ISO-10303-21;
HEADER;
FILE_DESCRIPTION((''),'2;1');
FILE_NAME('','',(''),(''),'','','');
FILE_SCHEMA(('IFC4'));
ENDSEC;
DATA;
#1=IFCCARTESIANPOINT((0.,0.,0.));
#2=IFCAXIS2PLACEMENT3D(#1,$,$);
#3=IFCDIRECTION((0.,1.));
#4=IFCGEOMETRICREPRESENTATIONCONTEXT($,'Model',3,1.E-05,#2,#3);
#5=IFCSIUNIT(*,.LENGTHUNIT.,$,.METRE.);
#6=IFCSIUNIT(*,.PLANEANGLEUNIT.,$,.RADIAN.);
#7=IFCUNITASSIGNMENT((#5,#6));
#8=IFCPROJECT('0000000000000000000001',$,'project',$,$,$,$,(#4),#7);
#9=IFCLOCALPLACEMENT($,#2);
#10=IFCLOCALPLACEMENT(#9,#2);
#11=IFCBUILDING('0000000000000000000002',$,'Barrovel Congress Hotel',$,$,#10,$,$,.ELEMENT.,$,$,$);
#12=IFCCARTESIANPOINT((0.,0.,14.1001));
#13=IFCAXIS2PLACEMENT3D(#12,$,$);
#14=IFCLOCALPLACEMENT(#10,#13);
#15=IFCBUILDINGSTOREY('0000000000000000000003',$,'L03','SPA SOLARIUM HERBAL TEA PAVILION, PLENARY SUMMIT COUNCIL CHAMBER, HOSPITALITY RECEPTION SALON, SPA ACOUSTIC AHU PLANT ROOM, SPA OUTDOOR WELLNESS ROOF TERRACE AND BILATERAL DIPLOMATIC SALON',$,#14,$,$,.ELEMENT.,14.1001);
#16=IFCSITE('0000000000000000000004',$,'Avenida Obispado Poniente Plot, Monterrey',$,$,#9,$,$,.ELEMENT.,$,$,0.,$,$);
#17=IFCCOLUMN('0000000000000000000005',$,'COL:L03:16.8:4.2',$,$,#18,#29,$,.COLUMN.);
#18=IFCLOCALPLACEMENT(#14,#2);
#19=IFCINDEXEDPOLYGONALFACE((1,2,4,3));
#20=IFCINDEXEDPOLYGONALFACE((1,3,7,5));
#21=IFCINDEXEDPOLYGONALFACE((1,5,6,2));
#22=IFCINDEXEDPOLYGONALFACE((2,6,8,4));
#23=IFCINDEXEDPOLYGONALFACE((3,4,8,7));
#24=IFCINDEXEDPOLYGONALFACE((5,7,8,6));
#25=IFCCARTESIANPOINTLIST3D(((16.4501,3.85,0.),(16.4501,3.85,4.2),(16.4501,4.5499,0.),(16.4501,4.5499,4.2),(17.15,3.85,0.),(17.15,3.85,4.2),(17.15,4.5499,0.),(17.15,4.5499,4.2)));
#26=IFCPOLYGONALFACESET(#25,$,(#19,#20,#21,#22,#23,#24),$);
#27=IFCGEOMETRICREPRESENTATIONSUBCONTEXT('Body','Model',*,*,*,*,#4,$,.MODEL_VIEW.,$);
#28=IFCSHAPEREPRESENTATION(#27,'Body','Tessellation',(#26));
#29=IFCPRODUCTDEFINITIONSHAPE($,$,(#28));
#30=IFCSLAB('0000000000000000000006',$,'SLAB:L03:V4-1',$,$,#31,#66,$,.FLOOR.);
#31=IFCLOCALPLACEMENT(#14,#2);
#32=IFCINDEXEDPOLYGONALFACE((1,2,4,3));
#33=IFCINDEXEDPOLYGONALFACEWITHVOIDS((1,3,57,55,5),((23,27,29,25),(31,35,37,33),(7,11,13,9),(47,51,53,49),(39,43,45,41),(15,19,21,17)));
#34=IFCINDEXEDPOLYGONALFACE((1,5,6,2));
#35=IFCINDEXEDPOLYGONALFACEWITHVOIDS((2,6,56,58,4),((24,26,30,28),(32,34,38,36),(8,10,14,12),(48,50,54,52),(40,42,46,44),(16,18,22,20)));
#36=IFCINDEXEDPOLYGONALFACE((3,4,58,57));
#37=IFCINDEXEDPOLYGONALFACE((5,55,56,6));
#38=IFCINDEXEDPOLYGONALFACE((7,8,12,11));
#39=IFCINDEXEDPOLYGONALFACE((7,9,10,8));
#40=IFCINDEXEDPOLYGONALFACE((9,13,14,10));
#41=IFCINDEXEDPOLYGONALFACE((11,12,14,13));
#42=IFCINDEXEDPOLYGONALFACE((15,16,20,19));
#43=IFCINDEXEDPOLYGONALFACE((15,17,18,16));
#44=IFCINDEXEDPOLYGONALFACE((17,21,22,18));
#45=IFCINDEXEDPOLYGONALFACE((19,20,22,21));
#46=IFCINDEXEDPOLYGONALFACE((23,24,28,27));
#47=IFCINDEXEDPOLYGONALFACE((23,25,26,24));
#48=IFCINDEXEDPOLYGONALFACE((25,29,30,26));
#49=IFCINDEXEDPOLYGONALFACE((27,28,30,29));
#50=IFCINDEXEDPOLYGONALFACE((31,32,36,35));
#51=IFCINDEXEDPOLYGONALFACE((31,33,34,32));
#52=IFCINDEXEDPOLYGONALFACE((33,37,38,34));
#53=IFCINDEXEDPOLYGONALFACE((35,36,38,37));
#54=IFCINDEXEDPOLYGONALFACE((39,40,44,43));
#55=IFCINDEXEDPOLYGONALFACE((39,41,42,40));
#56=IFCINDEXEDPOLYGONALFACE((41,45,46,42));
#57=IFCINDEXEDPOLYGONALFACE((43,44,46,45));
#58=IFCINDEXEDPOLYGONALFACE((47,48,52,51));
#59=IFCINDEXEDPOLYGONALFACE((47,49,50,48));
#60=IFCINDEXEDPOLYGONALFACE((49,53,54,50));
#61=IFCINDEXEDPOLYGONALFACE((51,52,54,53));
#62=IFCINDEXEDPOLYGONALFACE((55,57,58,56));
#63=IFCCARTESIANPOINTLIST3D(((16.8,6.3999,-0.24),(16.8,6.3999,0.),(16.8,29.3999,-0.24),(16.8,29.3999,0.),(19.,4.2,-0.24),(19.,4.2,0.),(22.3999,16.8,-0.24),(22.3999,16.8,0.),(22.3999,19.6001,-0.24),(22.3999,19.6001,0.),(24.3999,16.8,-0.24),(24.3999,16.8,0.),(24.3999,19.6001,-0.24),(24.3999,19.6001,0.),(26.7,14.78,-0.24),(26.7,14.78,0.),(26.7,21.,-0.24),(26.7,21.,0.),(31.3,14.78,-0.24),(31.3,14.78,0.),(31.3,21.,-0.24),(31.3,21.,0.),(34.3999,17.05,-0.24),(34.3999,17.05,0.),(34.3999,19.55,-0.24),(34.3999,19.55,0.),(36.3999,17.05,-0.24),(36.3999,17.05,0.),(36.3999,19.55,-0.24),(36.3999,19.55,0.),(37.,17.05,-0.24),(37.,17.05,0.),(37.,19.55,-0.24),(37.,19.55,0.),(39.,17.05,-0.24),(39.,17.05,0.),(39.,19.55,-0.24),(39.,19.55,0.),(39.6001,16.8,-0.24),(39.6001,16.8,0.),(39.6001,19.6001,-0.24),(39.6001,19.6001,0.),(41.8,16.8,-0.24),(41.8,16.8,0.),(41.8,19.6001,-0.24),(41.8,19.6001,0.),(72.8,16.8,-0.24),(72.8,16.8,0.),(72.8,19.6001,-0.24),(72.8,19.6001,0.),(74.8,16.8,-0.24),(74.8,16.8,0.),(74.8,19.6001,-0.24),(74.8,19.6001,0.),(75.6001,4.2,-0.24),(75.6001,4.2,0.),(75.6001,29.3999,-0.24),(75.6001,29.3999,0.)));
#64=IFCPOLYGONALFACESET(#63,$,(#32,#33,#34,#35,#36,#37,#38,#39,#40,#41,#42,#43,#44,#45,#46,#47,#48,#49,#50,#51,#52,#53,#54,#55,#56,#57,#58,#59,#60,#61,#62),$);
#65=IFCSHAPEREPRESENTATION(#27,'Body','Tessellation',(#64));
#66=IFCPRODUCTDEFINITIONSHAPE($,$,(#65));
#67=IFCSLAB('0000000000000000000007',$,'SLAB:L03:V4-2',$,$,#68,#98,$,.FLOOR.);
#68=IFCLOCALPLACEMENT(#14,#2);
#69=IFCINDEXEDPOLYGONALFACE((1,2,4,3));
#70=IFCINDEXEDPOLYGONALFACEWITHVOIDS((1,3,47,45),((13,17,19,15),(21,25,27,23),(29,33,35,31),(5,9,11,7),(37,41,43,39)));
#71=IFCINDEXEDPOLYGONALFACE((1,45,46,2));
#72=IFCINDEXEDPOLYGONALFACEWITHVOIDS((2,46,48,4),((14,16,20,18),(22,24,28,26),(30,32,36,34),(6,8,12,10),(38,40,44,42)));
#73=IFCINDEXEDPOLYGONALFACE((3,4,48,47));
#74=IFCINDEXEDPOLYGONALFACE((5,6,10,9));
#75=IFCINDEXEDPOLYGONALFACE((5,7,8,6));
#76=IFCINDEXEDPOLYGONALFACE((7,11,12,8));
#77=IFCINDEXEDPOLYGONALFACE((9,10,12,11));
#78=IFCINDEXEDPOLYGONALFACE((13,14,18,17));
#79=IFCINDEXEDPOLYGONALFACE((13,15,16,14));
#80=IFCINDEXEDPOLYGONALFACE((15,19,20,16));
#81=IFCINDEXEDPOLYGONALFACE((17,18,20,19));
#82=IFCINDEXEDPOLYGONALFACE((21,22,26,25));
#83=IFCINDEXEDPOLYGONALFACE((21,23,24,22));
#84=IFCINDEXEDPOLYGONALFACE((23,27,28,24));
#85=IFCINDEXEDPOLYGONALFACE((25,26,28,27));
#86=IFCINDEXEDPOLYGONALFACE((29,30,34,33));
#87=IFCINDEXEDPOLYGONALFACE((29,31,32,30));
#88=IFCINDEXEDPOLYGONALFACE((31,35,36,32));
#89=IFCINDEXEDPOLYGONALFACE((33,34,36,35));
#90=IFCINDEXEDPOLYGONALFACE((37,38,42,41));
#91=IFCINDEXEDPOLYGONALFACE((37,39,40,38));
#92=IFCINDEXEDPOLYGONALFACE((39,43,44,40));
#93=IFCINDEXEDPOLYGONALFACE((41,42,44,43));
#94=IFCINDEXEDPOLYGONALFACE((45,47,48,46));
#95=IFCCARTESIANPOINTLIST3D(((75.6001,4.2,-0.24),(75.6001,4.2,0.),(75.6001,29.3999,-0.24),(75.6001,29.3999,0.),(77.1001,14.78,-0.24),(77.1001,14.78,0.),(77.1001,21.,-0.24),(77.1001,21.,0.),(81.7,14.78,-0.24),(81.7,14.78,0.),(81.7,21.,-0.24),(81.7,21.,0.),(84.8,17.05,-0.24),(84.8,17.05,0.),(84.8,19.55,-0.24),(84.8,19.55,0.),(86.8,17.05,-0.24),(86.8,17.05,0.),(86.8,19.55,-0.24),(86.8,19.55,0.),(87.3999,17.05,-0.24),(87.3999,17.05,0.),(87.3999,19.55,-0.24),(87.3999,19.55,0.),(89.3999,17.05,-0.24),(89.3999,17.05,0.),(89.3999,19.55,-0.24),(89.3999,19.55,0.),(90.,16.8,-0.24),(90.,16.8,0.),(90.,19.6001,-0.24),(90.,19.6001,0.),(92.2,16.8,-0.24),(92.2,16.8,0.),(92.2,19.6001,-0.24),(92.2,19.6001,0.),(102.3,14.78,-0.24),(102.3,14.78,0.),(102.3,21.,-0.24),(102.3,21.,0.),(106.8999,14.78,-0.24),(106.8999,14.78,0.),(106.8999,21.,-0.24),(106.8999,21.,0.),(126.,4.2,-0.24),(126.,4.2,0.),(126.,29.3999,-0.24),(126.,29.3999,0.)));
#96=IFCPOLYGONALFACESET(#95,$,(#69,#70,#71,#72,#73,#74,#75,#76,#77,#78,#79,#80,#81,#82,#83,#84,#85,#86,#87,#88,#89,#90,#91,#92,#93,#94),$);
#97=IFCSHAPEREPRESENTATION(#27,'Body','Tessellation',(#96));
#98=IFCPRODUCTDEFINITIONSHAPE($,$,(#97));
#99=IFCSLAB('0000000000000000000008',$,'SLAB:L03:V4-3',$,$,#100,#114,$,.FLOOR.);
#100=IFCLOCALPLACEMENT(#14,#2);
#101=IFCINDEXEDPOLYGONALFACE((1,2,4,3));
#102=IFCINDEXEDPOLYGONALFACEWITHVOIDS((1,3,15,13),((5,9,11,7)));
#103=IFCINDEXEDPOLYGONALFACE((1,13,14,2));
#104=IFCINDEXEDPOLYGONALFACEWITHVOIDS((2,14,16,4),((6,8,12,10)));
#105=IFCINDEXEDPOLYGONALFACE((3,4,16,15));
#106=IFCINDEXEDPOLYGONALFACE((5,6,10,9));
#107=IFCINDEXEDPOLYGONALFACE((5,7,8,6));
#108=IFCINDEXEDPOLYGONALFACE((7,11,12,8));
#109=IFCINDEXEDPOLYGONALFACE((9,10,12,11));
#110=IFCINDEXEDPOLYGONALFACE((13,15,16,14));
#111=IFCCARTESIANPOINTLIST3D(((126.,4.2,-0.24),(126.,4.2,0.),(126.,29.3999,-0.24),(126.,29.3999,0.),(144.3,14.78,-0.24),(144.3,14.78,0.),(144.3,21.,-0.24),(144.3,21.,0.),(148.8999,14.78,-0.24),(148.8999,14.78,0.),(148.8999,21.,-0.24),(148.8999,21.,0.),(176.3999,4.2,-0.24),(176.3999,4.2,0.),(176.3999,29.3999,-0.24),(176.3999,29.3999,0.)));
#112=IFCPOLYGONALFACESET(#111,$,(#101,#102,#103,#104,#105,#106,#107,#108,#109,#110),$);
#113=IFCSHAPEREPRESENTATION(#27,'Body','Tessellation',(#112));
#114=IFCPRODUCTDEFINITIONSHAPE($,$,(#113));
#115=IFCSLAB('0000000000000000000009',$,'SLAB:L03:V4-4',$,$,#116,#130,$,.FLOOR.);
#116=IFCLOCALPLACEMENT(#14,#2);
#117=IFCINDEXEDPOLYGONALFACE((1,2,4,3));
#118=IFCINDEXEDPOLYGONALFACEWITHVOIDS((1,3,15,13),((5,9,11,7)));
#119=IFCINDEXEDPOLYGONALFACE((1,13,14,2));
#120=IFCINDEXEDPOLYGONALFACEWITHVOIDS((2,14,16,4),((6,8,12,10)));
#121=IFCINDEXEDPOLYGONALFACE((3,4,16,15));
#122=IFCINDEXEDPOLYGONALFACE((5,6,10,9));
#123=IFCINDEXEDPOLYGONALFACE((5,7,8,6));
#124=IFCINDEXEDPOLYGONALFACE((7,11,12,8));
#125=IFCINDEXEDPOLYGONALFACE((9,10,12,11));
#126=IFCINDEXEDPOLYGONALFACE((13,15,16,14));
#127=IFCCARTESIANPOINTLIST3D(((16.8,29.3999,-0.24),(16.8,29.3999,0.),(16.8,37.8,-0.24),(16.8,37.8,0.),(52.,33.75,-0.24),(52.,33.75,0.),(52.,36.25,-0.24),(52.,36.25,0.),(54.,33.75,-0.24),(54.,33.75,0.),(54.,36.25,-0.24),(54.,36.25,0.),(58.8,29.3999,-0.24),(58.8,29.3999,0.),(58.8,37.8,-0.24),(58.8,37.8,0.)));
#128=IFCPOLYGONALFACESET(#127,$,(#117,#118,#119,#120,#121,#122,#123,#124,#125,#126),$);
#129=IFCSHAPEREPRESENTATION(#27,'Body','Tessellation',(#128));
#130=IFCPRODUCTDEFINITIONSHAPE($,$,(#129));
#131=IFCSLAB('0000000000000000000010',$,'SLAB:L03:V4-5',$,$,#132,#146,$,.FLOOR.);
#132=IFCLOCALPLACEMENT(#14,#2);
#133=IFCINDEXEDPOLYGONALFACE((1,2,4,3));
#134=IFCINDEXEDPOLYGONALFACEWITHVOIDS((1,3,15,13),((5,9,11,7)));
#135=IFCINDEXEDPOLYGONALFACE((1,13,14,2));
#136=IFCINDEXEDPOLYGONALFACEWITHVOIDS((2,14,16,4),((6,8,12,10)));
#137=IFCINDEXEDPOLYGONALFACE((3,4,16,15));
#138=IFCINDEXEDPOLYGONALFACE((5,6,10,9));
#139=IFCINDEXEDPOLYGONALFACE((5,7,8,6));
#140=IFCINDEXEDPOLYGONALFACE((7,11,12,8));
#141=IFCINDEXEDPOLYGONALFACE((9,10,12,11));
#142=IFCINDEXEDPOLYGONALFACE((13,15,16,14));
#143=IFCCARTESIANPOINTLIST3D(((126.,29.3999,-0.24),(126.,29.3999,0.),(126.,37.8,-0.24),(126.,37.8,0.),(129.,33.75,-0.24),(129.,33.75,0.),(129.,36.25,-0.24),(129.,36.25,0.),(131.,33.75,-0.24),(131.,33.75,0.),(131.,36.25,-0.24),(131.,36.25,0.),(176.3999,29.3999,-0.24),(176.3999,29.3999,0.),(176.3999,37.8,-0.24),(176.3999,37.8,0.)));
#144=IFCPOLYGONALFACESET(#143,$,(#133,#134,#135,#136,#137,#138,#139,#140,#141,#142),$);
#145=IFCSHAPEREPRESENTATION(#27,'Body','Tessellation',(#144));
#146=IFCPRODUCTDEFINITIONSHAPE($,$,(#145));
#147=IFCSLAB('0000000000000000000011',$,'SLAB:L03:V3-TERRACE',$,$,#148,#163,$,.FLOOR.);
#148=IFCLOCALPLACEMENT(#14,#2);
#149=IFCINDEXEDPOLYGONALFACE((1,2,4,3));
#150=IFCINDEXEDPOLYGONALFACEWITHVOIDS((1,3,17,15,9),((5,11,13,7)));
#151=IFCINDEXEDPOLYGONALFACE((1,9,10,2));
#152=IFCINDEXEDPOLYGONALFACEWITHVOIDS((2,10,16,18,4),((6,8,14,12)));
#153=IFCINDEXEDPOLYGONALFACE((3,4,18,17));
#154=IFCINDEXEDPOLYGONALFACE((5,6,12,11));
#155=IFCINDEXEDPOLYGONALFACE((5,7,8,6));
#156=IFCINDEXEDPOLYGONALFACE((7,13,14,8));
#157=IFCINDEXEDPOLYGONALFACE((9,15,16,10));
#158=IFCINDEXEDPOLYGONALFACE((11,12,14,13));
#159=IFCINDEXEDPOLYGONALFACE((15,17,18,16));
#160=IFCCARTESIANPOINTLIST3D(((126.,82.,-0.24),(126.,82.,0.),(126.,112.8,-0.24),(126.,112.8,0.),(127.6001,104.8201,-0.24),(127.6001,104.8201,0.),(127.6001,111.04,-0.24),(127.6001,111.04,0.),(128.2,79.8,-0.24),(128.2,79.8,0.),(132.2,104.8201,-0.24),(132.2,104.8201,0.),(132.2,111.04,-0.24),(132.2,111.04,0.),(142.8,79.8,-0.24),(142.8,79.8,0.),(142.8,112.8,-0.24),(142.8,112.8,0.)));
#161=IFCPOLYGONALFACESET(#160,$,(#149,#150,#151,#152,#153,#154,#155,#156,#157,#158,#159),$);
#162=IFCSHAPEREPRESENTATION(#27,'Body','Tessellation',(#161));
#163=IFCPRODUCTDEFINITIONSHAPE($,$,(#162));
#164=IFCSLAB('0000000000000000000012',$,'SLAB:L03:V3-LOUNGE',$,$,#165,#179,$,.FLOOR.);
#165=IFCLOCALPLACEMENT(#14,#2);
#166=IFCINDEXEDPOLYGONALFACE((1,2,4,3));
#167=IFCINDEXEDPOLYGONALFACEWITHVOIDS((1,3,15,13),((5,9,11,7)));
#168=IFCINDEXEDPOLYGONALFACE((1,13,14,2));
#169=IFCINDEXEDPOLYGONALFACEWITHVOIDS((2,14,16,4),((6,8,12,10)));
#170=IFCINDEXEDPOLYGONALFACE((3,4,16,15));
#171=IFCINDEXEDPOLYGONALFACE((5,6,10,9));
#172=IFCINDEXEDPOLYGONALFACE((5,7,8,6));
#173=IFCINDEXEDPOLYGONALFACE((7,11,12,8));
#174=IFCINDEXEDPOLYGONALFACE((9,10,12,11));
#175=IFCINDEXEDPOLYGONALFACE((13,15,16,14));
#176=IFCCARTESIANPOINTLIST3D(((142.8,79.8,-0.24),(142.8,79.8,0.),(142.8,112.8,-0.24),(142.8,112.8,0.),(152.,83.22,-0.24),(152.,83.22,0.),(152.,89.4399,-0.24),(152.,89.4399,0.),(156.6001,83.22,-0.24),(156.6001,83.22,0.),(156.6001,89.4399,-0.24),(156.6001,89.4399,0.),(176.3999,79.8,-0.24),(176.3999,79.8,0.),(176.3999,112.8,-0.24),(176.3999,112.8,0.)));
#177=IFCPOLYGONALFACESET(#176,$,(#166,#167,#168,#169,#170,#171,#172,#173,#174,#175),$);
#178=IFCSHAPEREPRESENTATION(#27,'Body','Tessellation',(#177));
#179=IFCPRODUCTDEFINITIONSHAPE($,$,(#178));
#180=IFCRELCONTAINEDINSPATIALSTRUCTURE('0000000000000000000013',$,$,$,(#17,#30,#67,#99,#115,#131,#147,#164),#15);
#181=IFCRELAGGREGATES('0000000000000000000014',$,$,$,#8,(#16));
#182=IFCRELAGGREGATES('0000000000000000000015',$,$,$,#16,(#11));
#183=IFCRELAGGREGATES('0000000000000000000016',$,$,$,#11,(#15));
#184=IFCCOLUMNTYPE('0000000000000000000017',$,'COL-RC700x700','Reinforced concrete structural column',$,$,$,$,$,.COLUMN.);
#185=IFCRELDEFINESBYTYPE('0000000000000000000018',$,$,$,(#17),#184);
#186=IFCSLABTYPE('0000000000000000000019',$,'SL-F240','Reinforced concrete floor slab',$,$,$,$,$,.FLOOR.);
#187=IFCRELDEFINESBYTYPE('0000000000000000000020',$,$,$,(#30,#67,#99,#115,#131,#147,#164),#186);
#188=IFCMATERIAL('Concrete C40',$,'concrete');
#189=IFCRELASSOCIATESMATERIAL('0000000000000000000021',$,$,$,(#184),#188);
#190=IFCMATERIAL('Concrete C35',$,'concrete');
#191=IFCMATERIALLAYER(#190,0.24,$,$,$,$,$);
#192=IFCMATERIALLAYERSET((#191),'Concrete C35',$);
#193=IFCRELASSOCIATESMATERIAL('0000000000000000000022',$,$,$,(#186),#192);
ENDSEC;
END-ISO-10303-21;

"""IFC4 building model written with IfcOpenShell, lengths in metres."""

from ifc_helpers import new_model, si_unit, direction, frame, origin, origin_2d, place, context, subcontext, project, spatial, polyline, rectangle, outline, extrude, material, layer, layer_set, material_profile, profile_set, type_object, element, save


model = new_model("IFC4")

# Units and contexts
model_context = context("Model", 3, precision=1e-05, world=origin(), true_north=direction((0.0, 1.0)))
body_context = subcontext(model_context, "Body", "Model", "MODEL_VIEW")
ifc_project = project(units=[si_unit("LENGTHUNIT", "METRE"), si_unit("PLANEANGLEUNIT", "RADIAN")], contexts=[model_context])

# Site, building, storey
site_placement = place(None, origin())
site = spatial("IfcSite", under=ifc_project, at=site_placement, Name="Avenida Obispado Poniente Plot, Monterrey", CompositionType="ELEMENT", RefElevation=0.0)
building_placement = place(site_placement, origin())
building = spatial("IfcBuilding", under=site, at=building_placement, Name="Barrovel Congress Hotel", CompositionType="ELEMENT")
storey_placement = place(building_placement, frame((0.0, 0.0, 14.1001)))
storey = spatial("IfcBuildingStorey", under=building, at=storey_placement, Name="L03", Description="SPA SOLARIUM HERBAL TEA PAVILION, PLENARY SUMMIT COUNCIL CHAMBER, HOSPITALITY RECEPTION SALON, SPA ACOUSTIC AHU PLANT ROOM, SPA OUTDOOR WELLNESS ROOF TERRACE AND BILATERAL DIPLOMATIC SALON", CompositionType="ELEMENT", Elevation=14.1001)

# Column
ifc_material_1 = material(Name="Concrete C40", Category="concrete")
ifc_material_profile = material_profile(ifc_material_1, rectangle(XDim=0.7, YDim=0.7, at=origin_2d()), Name="RC700x700")
ifc_profile_set = profile_set([ifc_material_profile], Name="Concrete C40")
column_type = type_object("IfcColumnType", Name="COL-RC700x700", Description="Reinforced concrete structural column", PredefinedType="COLUMN", material=ifc_profile_set)
column_placement = place(storey_placement, frame((16.8, 4.2, 0.0), z_axis=(0.0, 0.0, 1.0), x_axis=(1.0, 0.0, 0.0)))
element("IfcColumn", 1, at=column_placement, inside=storey, type_object=column_type, Name="COL:L03:16.8:4.2", PredefinedType="COLUMN", context=body_context, shape_type="SweptSolid", body=[
    extrude(rectangle(XDim=0.7, YDim=0.7, at=origin_2d()), origin(), (0.0, 0.0, 1.0), 4.2),
])

# Slabs
ifc_material_2 = material(Name="Concrete C35", Category="concrete")
ifc_layer_1 = layer(ifc_material_2, 0.24)
ifc_layer_set_1 = layer_set([ifc_layer_1], Name="Concrete C35")
slab_type_1 = type_object("IfcSlabType", Name="SL-F240", Description="Reinforced concrete floor slab", PredefinedType="FLOOR", material=ifc_layer_set_1)
slab_1_placement = place(storey_placement, frame((0.0, 0.0, -0.24)))
element("IfcSlab", 2, at=slab_1_placement, inside=storey, type_object=slab_type_1, Name="SLAB:L03:V4-1", PredefinedType="FLOOR", context=body_context, shape_type="SweptSolid", body=[
    extrude(outline(polyline([(19.0, 4.2), (75.6001, 4.2), (75.6001, 29.3999), (16.8, 29.3999), (16.8, 6.3999), (19.0, 4.2)]), holes=[polyline([(26.7, 14.78), (26.7, 21.0), (31.3, 21.0), (31.3, 14.78), (26.7, 14.78)]), polyline([(22.3999, 16.8), (22.3999, 19.6001), (24.3999, 19.6001), (24.3999, 16.8), (22.3999, 16.8)]), polyline([(72.8, 16.8), (72.8, 19.6001), (74.8, 19.6001), (74.8, 16.8), (72.8, 16.8)]), polyline([(34.3999, 17.05), (34.3999, 19.55), (36.3999, 19.55), (36.3999, 17.05), (34.3999, 17.05)]), polyline([(37.0, 17.05), (37.0, 19.55), (39.0, 19.55), (39.0, 17.05), (37.0, 17.05)]), polyline([(39.6001, 16.8), (39.6001, 19.6001), (41.8, 19.6001), (41.8, 16.8), (39.6001, 16.8)])]), origin(), (0.0, 0.0, 1.0), 0.24),
])
slab_2_placement = place(storey_placement, frame((0.0, 0.0, -0.24)))
element("IfcSlab", 3, at=slab_2_placement, inside=storey, type_object=slab_type_1, Name="SLAB:L03:V4-2", PredefinedType="FLOOR", context=body_context, shape_type="SweptSolid", body=[
    extrude(outline(polyline([(75.6001, 4.2), (126.0, 4.2), (126.0, 29.3999), (75.6001, 29.3999), (75.6001, 4.2)]), holes=[polyline([(77.1001, 14.78), (77.1001, 21.0), (81.7, 21.0), (81.7, 14.78), (77.1001, 14.78)]), polyline([(102.3, 14.78), (102.3, 21.0), (106.8999, 21.0), (106.8999, 14.78), (102.3, 14.78)]), polyline([(84.8, 17.05), (84.8, 19.55), (86.8, 19.55), (86.8, 17.05), (84.8, 17.05)]), polyline([(87.3999, 17.05), (87.3999, 19.55), (89.3999, 19.55), (89.3999, 17.05), (87.3999, 17.05)]), polyline([(90.0, 16.8), (90.0, 19.6001), (92.2, 19.6001), (92.2, 16.8), (90.0, 16.8)])]), origin(), (0.0, 0.0, 1.0), 0.24),
])
slab_3_placement = place(storey_placement, frame((0.0, 0.0, -0.24)))
element("IfcSlab", 4, at=slab_3_placement, inside=storey, type_object=slab_type_1, Name="SLAB:L03:V4-3", PredefinedType="FLOOR", context=body_context, shape_type="SweptSolid", body=[
    extrude(outline(polyline([(126.0, 4.2), (176.3999, 4.2), (176.3999, 29.3999), (126.0, 29.3999), (126.0, 4.2)]), holes=[polyline([(144.3, 14.78), (144.3, 21.0), (148.8999, 21.0), (148.8999, 14.78), (144.3, 14.78)])]), origin(), (0.0, 0.0, 1.0), 0.24),
])
slab_4_placement = place(storey_placement, frame((0.0, 0.0, -0.24)))
element("IfcSlab", 5, at=slab_4_placement, inside=storey, type_object=slab_type_1, Name="SLAB:L03:V4-4", PredefinedType="FLOOR", context=body_context, shape_type="SweptSolid", body=[
    extrude(outline(polyline([(16.8, 29.3999), (58.8, 29.3999), (58.8, 37.8), (16.8, 37.8), (16.8, 29.3999)]), holes=[polyline([(52.0, 33.75), (52.0, 36.25), (54.0, 36.25), (54.0, 33.75), (52.0, 33.75)])]), origin(), (0.0, 0.0, 1.0), 0.24),
])
slab_5_placement = place(storey_placement, frame((0.0, 0.0, -0.24)))
element("IfcSlab", 6, at=slab_5_placement, inside=storey, type_object=slab_type_1, Name="SLAB:L03:V4-5", PredefinedType="FLOOR", context=body_context, shape_type="SweptSolid", body=[
    extrude(outline(polyline([(126.0, 29.3999), (176.3999, 29.3999), (176.3999, 37.8), (126.0, 37.8), (126.0, 29.3999)]), holes=[polyline([(129.0, 33.75), (129.0, 36.25), (131.0, 36.25), (131.0, 33.75), (129.0, 33.75)])]), origin(), (0.0, 0.0, 1.0), 0.24),
])
slab_6_placement = place(storey_placement, frame((0.0, 0.0, -0.24)))
element("IfcSlab", 7, at=slab_6_placement, inside=storey, type_object=slab_type_1, Name="SLAB:L03:V3-TERRACE", PredefinedType="FLOOR", context=body_context, shape_type="SweptSolid", body=[
    extrude(outline(polyline([(128.2, 79.8), (142.8, 79.8), (142.8, 112.8), (126.0, 112.8), (126.0, 82.0), (128.2, 79.8)]), holes=[polyline([(127.6001, 104.8201), (127.6001, 111.04), (132.2, 111.04), (132.2, 104.8201), (127.6001, 104.8201)])]), origin(), (0.0, 0.0, 1.0), 0.24),
])
slab_7_placement = place(storey_placement, frame((0.0, 0.0, -0.24)))
element("IfcSlab", 8, at=slab_7_placement, inside=storey, type_object=slab_type_1, Name="SLAB:L03:V3-LOUNGE", PredefinedType="FLOOR", context=body_context, shape_type="SweptSolid", body=[
    extrude(outline(polyline([(142.8, 79.8), (176.3999, 79.8), (176.3999, 112.8), (142.8, 112.8), (142.8, 79.8)]), holes=[polyline([(152.0, 83.22), (152.0, 89.4399), (156.6001, 89.4399), (156.6001, 83.22), (152.0, 83.22)])]), origin(), (0.0, 0.0, 1.0), 0.24),
])

save(model, "model.ifc")
